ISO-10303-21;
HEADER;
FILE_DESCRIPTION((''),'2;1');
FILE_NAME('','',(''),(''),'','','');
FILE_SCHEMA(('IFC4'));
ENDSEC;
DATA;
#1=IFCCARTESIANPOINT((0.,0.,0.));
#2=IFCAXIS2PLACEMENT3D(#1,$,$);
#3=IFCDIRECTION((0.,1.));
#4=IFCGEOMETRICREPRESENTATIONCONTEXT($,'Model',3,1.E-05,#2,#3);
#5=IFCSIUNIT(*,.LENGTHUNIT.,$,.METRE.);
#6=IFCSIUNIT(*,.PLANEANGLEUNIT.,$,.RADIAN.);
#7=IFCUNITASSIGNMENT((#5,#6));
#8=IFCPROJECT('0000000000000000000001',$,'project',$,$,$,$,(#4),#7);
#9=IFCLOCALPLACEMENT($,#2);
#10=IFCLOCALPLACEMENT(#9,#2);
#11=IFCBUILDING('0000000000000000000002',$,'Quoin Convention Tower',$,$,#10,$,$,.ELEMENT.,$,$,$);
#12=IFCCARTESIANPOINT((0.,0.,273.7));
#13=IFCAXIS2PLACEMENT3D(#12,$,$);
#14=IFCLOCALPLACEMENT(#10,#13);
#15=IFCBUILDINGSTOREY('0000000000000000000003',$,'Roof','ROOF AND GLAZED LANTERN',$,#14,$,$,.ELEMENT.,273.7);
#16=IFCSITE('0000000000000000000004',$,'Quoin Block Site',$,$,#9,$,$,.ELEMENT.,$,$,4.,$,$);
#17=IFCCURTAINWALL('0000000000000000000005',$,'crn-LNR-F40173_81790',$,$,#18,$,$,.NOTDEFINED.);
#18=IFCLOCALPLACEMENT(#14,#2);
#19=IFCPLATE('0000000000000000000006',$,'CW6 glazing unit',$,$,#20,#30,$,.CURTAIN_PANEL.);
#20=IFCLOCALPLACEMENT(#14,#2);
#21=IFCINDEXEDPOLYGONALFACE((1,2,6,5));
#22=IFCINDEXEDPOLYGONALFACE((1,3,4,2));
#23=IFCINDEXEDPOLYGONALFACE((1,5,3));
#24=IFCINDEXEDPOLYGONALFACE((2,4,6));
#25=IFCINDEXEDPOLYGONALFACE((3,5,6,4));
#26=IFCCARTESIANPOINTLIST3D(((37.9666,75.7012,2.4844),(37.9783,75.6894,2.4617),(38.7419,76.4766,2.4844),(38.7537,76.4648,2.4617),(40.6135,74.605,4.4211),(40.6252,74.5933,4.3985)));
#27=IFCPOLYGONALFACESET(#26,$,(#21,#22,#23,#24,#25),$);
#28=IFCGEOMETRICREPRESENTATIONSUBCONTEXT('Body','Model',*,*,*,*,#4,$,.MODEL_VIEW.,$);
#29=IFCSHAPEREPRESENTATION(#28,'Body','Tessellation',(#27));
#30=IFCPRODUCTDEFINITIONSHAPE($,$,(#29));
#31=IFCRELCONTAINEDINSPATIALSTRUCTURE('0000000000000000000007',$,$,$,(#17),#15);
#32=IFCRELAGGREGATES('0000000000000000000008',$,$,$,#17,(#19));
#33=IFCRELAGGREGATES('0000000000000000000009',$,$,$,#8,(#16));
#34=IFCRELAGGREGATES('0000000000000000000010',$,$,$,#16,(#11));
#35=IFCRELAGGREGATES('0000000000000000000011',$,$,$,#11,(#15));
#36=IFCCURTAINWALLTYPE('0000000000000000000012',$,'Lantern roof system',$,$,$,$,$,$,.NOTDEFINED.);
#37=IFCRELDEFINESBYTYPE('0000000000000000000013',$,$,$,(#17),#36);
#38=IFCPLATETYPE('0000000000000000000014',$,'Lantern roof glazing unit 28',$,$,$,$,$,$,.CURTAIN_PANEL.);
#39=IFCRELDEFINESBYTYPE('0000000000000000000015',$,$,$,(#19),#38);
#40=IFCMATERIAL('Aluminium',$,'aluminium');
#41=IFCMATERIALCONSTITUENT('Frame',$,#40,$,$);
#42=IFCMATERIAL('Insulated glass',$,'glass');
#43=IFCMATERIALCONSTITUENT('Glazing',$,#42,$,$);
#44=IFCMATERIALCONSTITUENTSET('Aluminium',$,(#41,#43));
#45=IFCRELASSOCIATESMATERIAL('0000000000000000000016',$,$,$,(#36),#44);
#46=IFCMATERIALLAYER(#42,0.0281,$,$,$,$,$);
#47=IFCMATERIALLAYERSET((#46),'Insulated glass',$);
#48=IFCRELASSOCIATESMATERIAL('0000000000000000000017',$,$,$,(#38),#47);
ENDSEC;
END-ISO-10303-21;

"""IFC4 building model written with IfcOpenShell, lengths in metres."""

from ifc_helpers import new_model, si_unit, direction, frame, origin, place, context, subcontext, project, spatial, polyline, outline, extrude, material, layer, layer_set, constituent, constituent_set, type_object, element, aggregate, save


model = new_model("IFC4")

# Units and contexts
model_context = context("Model", 3, precision=1e-05, world=origin(), true_north=direction((0.0, 1.0)))
body_context = subcontext(model_context, "Body", "Model", "MODEL_VIEW")
ifc_project = project(units=[si_unit("LENGTHUNIT", "METRE"), si_unit("PLANEANGLEUNIT", "RADIAN")], contexts=[model_context])

# Site, building, storey
site_placement = place(None, origin())
site = spatial("IfcSite", under=ifc_project, at=site_placement, Name="Quoin Block Site", CompositionType="ELEMENT", RefElevation=4.0)
building_placement = place(site_placement, origin())
building = spatial("IfcBuilding", under=site, at=building_placement, Name="Quoin Convention Tower", CompositionType="ELEMENT")
storey_placement = place(building_placement, frame((0.0, 0.0, 273.7)))
storey = spatial("IfcBuildingStorey", under=building, at=storey_placement, Name="Roof", Description="ROOF AND GLAZED LANTERN", CompositionType="ELEMENT", Elevation=273.7)

# Shared definitions
ifc_material_1 = material(Name="Aluminium", Category="aluminium")
ifc_constituent_1 = constituent(ifc_material_1, Name="Frame")
ifc_material_2 = material(Name="Insulated glass", Category="glass")
ifc_constituent_2 = constituent(ifc_material_2, Name="Glazing")
ifc_constituent_set = constituent_set(constituents=[ifc_constituent_1, ifc_constituent_2], Name="Aluminium")
curtain_wall_type = type_object("IfcCurtainWallType", Name="Lantern roof system", PredefinedType="NOTDEFINED", material=ifc_constituent_set)

# Curtain wall
curtain_wall_1_placement = place(storey_placement, origin())
curtain_wall_1 = element("IfcCurtainWall", 1, at=curtain_wall_1_placement, inside=storey, type_object=curtain_wall_type, Name="crn-LNR-F40173_81790", PredefinedType="NOTDEFINED")

# Plate
ifc_layer = layer(ifc_material_2, 0.0281)
ifc_layer_set = layer_set([ifc_layer], Name="Insulated glass")
plate_type = type_object("IfcPlateType", Name="Lantern roof glazing unit 28", PredefinedType="CURTAIN_PANEL", material=ifc_layer_set)
plate_1_placement = place(storey_placement, frame((37.9666, 75.7012, 2.4844), z_axis=(-0.417564, 0.417564, 0.80702), x_axis=(0.707107, 0.707107, 0.0)))
plate_1 = element("IfcPlate", 2, at=plate_1_placement, type_object=plate_type, Name="CW6 glazing unit", PredefinedType="CURTAIN_PANEL", context=body_context, shape_type="SweptSolid", body=[
    extrude(outline(polyline([(0.0, 0.0), (1.0966, 0.0), (1.0966, -3.2797), (0.0, 0.0)])), origin(), (0.0, 0.0, -1.0), 0.0281),
])
aggregate(curtain_wall_1, [plate_1])

save(model, "model.ifc")
